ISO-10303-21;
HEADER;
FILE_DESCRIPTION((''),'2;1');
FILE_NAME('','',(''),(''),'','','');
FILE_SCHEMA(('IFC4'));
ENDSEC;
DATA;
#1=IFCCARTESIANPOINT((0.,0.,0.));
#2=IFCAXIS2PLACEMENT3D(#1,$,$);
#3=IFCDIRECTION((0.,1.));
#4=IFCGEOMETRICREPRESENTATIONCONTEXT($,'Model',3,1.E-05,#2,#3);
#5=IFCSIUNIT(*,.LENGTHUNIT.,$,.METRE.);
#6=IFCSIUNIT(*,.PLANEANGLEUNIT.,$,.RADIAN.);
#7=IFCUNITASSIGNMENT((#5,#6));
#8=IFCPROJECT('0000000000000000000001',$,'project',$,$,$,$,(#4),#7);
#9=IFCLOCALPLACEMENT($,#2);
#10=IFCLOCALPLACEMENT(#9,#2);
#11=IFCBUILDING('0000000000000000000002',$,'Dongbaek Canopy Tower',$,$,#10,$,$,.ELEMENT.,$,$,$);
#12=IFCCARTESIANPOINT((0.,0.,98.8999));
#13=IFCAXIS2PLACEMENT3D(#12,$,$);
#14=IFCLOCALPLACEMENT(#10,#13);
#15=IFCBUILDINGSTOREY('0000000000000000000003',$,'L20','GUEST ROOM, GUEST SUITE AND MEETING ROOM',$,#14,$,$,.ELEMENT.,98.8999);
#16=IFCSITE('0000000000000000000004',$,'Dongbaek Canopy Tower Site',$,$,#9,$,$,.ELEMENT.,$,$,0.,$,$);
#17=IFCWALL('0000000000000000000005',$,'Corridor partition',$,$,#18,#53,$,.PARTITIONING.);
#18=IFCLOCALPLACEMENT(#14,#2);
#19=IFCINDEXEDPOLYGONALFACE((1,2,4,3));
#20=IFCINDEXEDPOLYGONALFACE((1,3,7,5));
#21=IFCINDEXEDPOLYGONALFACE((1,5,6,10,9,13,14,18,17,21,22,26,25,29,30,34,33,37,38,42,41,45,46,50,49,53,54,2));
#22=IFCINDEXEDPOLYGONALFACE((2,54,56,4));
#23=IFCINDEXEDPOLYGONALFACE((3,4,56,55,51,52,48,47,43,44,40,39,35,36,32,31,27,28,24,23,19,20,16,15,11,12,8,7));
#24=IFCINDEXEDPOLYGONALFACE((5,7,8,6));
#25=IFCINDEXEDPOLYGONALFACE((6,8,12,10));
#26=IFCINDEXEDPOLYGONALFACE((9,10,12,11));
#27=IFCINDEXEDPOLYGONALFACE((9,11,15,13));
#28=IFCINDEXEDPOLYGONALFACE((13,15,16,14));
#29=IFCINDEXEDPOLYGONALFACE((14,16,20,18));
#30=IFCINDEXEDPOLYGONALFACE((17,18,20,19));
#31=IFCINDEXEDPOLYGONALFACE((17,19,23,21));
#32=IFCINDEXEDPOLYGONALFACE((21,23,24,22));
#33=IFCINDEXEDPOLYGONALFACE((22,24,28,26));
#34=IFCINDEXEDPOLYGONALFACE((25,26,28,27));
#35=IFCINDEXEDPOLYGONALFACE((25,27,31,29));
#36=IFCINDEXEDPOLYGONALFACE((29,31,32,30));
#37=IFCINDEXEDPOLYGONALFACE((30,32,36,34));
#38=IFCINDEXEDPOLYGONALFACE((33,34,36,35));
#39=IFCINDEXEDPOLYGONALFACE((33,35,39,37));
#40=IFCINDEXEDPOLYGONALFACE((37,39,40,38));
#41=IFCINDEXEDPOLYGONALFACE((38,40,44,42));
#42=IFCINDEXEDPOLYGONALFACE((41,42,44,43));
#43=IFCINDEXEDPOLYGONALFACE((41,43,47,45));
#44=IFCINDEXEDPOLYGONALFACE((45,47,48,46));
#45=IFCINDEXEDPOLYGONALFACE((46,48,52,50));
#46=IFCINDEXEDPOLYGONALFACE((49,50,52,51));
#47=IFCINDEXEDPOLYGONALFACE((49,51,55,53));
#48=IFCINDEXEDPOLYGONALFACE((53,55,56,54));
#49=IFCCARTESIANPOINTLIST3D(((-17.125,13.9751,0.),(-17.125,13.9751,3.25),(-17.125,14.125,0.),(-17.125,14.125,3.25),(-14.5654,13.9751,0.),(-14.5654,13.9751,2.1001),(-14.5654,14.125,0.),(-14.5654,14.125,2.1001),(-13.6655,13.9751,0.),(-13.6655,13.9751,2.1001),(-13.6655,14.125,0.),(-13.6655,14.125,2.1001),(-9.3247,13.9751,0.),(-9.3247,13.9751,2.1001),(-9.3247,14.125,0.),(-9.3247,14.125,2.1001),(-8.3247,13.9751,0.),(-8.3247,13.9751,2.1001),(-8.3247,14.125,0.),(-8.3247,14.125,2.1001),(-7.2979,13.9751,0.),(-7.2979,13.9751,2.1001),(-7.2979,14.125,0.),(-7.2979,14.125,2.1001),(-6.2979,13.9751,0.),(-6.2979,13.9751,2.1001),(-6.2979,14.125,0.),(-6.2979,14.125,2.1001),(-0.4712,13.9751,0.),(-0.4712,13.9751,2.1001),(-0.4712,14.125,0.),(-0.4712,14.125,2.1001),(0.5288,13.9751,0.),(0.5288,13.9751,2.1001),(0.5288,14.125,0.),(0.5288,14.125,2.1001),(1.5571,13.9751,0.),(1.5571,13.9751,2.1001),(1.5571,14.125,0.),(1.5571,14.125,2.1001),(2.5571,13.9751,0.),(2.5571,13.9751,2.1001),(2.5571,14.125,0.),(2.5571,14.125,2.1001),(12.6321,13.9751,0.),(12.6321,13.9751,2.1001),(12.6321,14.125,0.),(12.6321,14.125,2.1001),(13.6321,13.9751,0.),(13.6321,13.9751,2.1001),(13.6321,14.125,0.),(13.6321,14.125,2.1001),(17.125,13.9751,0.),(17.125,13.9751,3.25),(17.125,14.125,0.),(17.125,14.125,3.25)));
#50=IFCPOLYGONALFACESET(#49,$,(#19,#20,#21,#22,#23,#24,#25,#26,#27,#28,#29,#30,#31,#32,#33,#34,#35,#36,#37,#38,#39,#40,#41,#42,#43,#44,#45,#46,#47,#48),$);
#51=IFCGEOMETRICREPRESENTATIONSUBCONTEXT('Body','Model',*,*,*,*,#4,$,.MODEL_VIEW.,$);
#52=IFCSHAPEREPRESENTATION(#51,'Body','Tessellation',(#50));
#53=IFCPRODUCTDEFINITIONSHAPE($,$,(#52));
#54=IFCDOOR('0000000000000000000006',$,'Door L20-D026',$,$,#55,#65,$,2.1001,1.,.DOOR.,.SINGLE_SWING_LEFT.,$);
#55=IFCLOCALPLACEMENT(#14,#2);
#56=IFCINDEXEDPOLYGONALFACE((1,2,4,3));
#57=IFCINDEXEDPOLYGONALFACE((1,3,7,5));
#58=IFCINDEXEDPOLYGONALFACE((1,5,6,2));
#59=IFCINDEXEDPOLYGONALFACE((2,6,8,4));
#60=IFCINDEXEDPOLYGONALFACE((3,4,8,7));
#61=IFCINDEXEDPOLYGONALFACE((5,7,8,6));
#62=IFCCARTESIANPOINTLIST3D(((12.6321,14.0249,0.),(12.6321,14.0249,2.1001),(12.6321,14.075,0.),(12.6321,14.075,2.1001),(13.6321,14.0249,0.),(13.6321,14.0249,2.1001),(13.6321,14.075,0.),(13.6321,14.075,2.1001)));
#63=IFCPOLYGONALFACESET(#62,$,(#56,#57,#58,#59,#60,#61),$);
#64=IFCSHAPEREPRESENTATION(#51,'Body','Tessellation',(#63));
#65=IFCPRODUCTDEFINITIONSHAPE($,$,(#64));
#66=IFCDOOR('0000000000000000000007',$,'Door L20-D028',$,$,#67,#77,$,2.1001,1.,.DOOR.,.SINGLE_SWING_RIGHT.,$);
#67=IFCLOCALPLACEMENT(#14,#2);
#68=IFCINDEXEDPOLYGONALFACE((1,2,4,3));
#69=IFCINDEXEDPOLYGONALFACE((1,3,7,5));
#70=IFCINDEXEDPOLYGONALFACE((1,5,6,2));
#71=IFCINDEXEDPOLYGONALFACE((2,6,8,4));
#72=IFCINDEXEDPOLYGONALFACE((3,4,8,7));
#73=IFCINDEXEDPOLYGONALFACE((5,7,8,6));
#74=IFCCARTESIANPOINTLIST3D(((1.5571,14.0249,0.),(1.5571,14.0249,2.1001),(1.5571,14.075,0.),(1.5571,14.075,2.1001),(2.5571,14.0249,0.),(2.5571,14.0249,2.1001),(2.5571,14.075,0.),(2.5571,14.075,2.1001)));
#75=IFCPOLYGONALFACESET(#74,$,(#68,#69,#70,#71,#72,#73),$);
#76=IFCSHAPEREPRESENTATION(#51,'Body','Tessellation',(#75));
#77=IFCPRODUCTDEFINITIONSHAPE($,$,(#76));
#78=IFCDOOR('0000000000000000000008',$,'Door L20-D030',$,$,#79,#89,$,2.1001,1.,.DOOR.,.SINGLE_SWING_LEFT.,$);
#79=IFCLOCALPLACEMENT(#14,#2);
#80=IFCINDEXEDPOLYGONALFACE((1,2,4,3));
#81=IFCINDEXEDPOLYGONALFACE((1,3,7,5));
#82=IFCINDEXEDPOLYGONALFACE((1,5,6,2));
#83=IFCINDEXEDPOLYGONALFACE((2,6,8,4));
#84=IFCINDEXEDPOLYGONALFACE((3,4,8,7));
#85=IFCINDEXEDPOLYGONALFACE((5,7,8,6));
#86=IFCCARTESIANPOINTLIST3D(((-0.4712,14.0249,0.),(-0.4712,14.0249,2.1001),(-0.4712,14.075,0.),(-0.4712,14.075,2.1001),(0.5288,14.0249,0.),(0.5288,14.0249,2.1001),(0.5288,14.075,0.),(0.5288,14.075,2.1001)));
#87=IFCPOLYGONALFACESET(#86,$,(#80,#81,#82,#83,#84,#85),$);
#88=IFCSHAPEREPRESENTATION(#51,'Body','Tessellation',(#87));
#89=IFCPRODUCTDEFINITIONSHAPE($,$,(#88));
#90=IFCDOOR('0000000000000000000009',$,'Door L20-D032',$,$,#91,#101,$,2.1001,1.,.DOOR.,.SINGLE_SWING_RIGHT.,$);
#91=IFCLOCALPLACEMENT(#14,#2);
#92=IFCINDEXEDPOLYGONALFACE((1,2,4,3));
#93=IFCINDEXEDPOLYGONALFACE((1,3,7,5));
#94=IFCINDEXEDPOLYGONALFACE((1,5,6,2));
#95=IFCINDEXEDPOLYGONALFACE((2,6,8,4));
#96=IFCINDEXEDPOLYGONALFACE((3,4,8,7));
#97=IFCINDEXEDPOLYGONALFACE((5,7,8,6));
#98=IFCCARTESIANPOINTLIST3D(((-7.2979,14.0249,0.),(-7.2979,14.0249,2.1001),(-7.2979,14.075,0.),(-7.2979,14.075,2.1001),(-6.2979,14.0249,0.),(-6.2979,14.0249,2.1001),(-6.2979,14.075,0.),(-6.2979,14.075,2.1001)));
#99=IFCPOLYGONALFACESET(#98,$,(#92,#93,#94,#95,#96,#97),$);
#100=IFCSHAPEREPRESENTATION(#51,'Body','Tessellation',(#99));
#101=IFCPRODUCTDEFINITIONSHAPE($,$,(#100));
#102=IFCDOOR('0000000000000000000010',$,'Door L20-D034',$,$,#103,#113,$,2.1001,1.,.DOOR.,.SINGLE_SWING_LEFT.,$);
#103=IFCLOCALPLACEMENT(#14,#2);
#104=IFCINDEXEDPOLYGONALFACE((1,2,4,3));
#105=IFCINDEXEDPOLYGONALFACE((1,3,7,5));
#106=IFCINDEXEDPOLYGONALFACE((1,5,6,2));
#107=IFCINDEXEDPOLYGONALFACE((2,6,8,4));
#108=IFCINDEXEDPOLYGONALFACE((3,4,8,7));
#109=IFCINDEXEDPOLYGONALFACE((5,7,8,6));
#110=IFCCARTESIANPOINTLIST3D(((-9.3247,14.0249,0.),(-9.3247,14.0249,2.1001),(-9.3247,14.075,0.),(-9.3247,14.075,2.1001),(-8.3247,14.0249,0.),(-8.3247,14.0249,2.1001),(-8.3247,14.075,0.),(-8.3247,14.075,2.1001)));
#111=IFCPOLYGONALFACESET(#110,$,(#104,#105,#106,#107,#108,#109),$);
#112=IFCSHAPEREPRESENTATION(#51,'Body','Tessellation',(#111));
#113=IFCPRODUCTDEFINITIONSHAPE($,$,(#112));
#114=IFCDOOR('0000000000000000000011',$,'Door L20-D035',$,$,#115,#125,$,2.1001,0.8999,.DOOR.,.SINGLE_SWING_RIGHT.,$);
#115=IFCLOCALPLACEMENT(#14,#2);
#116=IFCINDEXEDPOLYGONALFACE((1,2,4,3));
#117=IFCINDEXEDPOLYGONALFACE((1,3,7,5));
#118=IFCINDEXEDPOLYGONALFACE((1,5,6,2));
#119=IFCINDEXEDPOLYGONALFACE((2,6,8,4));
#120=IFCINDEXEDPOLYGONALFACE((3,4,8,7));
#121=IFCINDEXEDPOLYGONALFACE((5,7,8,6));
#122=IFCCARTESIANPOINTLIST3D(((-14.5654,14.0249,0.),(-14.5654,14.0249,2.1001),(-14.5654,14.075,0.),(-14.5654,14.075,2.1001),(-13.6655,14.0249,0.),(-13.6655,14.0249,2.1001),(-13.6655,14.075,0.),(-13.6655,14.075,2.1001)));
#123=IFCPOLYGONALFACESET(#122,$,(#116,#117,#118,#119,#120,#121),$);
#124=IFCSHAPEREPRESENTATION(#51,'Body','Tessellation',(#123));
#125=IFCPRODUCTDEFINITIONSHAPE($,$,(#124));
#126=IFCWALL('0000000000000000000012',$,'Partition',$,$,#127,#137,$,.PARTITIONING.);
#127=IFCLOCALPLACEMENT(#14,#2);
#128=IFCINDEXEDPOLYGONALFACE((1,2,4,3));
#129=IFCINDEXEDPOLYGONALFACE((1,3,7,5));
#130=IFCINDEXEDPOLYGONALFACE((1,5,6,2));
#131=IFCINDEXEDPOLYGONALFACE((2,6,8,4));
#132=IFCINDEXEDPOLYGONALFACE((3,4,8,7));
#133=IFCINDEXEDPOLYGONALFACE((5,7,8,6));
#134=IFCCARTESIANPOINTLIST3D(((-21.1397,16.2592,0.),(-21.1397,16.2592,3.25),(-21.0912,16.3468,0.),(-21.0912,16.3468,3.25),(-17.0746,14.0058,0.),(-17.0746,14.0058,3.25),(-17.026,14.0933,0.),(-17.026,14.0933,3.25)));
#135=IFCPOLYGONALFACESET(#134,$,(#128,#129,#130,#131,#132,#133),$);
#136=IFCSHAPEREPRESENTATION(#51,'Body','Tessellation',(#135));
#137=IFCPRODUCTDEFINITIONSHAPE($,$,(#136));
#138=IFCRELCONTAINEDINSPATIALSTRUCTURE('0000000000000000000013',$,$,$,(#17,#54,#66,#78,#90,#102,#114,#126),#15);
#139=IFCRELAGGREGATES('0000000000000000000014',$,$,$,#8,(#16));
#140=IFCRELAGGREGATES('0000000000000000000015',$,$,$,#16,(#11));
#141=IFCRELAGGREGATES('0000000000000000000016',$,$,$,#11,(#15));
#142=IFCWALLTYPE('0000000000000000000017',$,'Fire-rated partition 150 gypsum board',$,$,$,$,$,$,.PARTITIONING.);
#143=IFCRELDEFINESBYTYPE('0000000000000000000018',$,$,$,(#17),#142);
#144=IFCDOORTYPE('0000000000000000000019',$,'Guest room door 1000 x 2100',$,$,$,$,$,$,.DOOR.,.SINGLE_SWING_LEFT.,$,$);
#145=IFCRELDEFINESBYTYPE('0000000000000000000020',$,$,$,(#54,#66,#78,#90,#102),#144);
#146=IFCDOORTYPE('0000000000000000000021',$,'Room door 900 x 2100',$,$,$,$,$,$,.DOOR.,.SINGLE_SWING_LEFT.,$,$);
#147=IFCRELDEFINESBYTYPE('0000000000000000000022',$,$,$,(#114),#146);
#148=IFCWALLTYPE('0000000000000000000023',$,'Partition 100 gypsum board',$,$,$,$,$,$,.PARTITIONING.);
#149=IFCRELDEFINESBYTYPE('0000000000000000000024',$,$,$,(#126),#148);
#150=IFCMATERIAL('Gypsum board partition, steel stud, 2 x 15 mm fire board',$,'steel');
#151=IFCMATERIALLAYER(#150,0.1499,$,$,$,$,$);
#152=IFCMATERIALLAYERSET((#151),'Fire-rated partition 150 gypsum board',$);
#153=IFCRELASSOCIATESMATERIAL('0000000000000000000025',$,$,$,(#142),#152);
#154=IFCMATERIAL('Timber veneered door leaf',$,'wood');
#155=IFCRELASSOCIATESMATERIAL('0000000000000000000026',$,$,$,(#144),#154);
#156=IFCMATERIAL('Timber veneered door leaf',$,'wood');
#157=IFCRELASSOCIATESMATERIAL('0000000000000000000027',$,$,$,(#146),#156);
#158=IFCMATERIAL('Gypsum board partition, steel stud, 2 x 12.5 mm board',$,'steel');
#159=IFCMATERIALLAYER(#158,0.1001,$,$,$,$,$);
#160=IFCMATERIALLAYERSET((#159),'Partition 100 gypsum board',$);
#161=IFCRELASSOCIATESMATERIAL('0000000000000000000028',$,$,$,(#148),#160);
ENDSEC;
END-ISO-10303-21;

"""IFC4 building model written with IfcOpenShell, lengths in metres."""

from ifc_helpers import new_model, si_unit, direction, frame, frame_2d, origin, place, context, subcontext, project, spatial, rectangle, extrude, material, layer, layer_set, type_object, element, fill, save


model = new_model("IFC4")

# Units and contexts
model_context = context("Model", 3, precision=1e-05, world=origin(), true_north=direction((0.0, 1.0)))
body_context = subcontext(model_context, "Body", "Model", "MODEL_VIEW")
ifc_project = project(units=[si_unit("LENGTHUNIT", "METRE"), si_unit("PLANEANGLEUNIT", "RADIAN")], contexts=[model_context])

# Site, building, storey
site_placement = place(None, origin())
site = spatial("IfcSite", under=ifc_project, at=site_placement, Name="Dongbaek Canopy Tower Site", CompositionType="ELEMENT", RefElevation=0.0)
building_placement = place(site_placement, origin())
building = spatial("IfcBuilding", under=site, at=building_placement, Name="Dongbaek Canopy Tower", CompositionType="ELEMENT")
storey_placement = place(building_placement, frame((0.0, 0.0, 98.8999)))
storey = spatial("IfcBuildingStorey", under=building, at=storey_placement, Name="L20", Description="GUEST ROOM, GUEST SUITE AND MEETING ROOM", CompositionType="ELEMENT", Elevation=98.8999)

# Wall, openings, doors
ifc_material_1 = material(Name="Gypsum board partition, steel stud, 2 x 15 mm fire board", Category="steel")
ifc_layer_1 = layer(ifc_material_1, 0.1499)
ifc_layer_set_1 = layer_set([ifc_layer_1], Name="Fire-rated partition 150 gypsum board")
wall_type_1 = type_object("IfcWallType", Name="Fire-rated partition 150 gypsum board", PredefinedType="PARTITIONING", material=ifc_layer_set_1)
wall_1_placement = place(storey_placement, frame((-17.125, 14.05, 0.0), z_axis=(0.0, 0.0, 1.0), x_axis=(1.0, 0.0, 0.0)))
wall_1 = element("IfcWall", 1, at=wall_1_placement, inside=storey, type_object=wall_type_1, Name="Corridor partition", PredefinedType="PARTITIONING", context=body_context, shape_type="SweptSolid", body=[
    extrude(rectangle(XDim=34.25, YDim=0.1499, at=frame_2d((17.125, 0.0))), origin(), (0.0, 0.0, 1.0), 3.25),
])
opening_1_placement = place(wall_1_placement, frame((29.7571, 0.0, 0.0)))
opening_1 = element("IfcOpeningElement", 2, at=opening_1_placement, cuts=wall_1, PredefinedType="OPENING", context=body_context, shape_type="SweptSolid", body=[
    extrude(rectangle(XDim=1.0, YDim=2.1001, at=frame_2d((0.5, 1.05))), frame((0.0, 0.085, 0.0), z_axis=(0.0, -1.0, 0.0), x_axis=(1.0, 0.0, 0.0)), (0.0, 0.0, 1.0), 0.1699),
])
opening_2_placement = place(wall_1_placement, frame((18.6821, 0.0, 0.0)))
opening_2 = element("IfcOpeningElement", 3, at=opening_2_placement, cuts=wall_1, PredefinedType="OPENING", context=body_context, shape_type="SweptSolid", body=[
    extrude(rectangle(XDim=1.0, YDim=2.1001, at=frame_2d((0.5, 1.05))), frame((0.0, 0.085, 0.0), z_axis=(0.0, -1.0, 0.0), x_axis=(1.0, 0.0, 0.0)), (0.0, 0.0, 1.0), 0.1699),
])
opening_3_placement = place(wall_1_placement, frame((16.6538, 0.0, 0.0)))
opening_3 = element("IfcOpeningElement", 4, at=opening_3_placement, cuts=wall_1, PredefinedType="OPENING", context=body_context, shape_type="SweptSolid", body=[
    extrude(rectangle(XDim=1.0, YDim=2.1001, at=frame_2d((0.5, 1.05))), frame((0.0, 0.085, 0.0), z_axis=(0.0, -1.0, 0.0), x_axis=(1.0, 0.0, 0.0)), (0.0, 0.0, 1.0), 0.1699),
])
opening_4_placement = place(wall_1_placement, frame((9.8271, 0.0, 0.0)))
opening_4 = element("IfcOpeningElement", 5, at=opening_4_placement, cuts=wall_1, PredefinedType="OPENING", context=body_context, shape_type="SweptSolid", body=[
    extrude(rectangle(XDim=1.0, YDim=2.1001, at=frame_2d((0.5, 1.05))), frame((0.0, 0.085, 0.0), z_axis=(0.0, -1.0, 0.0), x_axis=(1.0, 0.0, 0.0)), (0.0, 0.0, 1.0), 0.1699),
])
opening_5_placement = place(wall_1_placement, frame((7.8003, 0.0, 0.0)))
opening_5 = element("IfcOpeningElement", 6, at=opening_5_placement, cuts=wall_1, PredefinedType="OPENING", context=body_context, shape_type="SweptSolid", body=[
    extrude(rectangle(XDim=1.0, YDim=2.1001, at=frame_2d((0.5, 1.05))), frame((0.0, 0.085, 0.0), z_axis=(0.0, -1.0, 0.0), x_axis=(1.0, 0.0, 0.0)), (0.0, 0.0, 1.0), 0.1699),
])
opening_6_placement = place(wall_1_placement, frame((2.5596, 0.0, 0.0)))
opening_6 = element("IfcOpeningElement", 7, at=opening_6_placement, cuts=wall_1, PredefinedType="OPENING", context=body_context, shape_type="SweptSolid", body=[
    extrude(rectangle(XDim=0.8999, YDim=2.1001, at=frame_2d((0.45, 1.05))), frame((0.0, 0.085, 0.0), z_axis=(0.0, -1.0, 0.0), x_axis=(1.0, 0.0, 0.0)), (0.0, 0.0, 1.0), 0.1699),
])
ifc_material_2 = material(Name="Timber veneered door leaf", Category="wood")
door_type_1 = type_object("IfcDoorType", Name="Guest room door 1000 x 2100", OperationType="SINGLE_SWING_LEFT", PredefinedType="DOOR", material=ifc_material_2)
door_1_placement = place(opening_1_placement, origin())
door_1 = element("IfcDoor", 8, at=door_1_placement, inside=storey, type_object=door_type_1, Name="Door L20-D026", OperationType="SINGLE_SWING_LEFT", OverallHeight=2.1001, OverallWidth=1.0, PredefinedType="DOOR", context=body_context, shape_type="SweptSolid", body=[
    extrude(rectangle(XDim=1.0, YDim=2.1001, at=frame_2d((0.5, 1.05))), frame((0.0, 0.0249, 0.0), z_axis=(0.0, -1.0, 0.0), x_axis=(1.0, 0.0, 0.0)), (0.0, 0.0, 1.0), 0.05),
])
fill(opening_1, door_1)
door_2_placement = place(opening_2_placement, origin())
door_2 = element("IfcDoor", 9, at=door_2_placement, inside=storey, type_object=door_type_1, Name="Door L20-D028", OperationType="SINGLE_SWING_RIGHT", OverallHeight=2.1001, OverallWidth=1.0, PredefinedType="DOOR", context=body_context, shape_type="SweptSolid", body=[
    extrude(rectangle(XDim=1.0, YDim=2.1001, at=frame_2d((0.5, 1.05))), frame((0.0, 0.0249, 0.0), z_axis=(0.0, -1.0, 0.0), x_axis=(1.0, 0.0, 0.0)), (0.0, 0.0, 1.0), 0.05),
])
fill(opening_2, door_2)
door_3_placement = place(opening_3_placement, origin())
door_3 = element("IfcDoor", 10, at=door_3_placement, inside=storey, type_object=door_type_1, Name="Door L20-D030", OperationType="SINGLE_SWING_LEFT", OverallHeight=2.1001, OverallWidth=1.0, PredefinedType="DOOR", context=body_context, shape_type="SweptSolid", body=[
    extrude(rectangle(XDim=1.0, YDim=2.1001, at=frame_2d((0.5, 1.05))), frame((0.0, 0.0249, 0.0), z_axis=(0.0, -1.0, 0.0), x_axis=(1.0, 0.0, 0.0)), (0.0, 0.0, 1.0), 0.05),
])
fill(opening_3, door_3)
door_4_placement = place(opening_4_placement, origin())
door_4 = element("IfcDoor", 11, at=door_4_placement, inside=storey, type_object=door_type_1, Name="Door L20-D032", OperationType="SINGLE_SWING_RIGHT", OverallHeight=2.1001, OverallWidth=1.0, PredefinedType="DOOR", context=body_context, shape_type="SweptSolid", body=[
    extrude(rectangle(XDim=1.0, YDim=2.1001, at=frame_2d((0.5, 1.05))), frame((0.0, 0.0249, 0.0), z_axis=(0.0, -1.0, 0.0), x_axis=(1.0, 0.0, 0.0)), (0.0, 0.0, 1.0), 0.05),
])
fill(opening_4, door_4)
door_5_placement = place(opening_5_placement, origin())
door_5 = element("IfcDoor", 12, at=door_5_placement, inside=storey, type_object=door_type_1, Name="Door L20-D034", OperationType="SINGLE_SWING_LEFT", OverallHeight=2.1001, OverallWidth=1.0, PredefinedType="DOOR", context=body_context, shape_type="SweptSolid", body=[
    extrude(rectangle(XDim=1.0, YDim=2.1001, at=frame_2d((0.5, 1.05))), frame((0.0, 0.0249, 0.0), z_axis=(0.0, -1.0, 0.0), x_axis=(1.0, 0.0, 0.0)), (0.0, 0.0, 1.0), 0.05),
])
fill(opening_5, door_5)
ifc_material_3 = material(Name="Timber veneered door leaf", Category="wood")
door_type_2 = type_object("IfcDoorType", Name="Room door 900 x 2100", OperationType="SINGLE_SWING_LEFT", PredefinedType="DOOR", material=ifc_material_3)
door_6_placement = place(opening_6_placement, origin())
door_6 = element("IfcDoor", 13, at=door_6_placement, inside=storey, type_object=door_type_2, Name="Door L20-D035", OperationType="SINGLE_SWING_RIGHT", OverallHeight=2.1001, OverallWidth=0.8999, PredefinedType="DOOR", context=body_context, shape_type="SweptSolid", body=[
    extrude(rectangle(XDim=0.8999, YDim=2.1001, at=frame_2d((0.45, 1.05))), frame((0.0, 0.0249, 0.0), z_axis=(0.0, -1.0, 0.0), x_axis=(1.0, 0.0, 0.0)), (0.0, 0.0, 1.0), 0.05),
])
fill(opening_6, door_6)

# Wall
ifc_material_4 = material(Name="Gypsum board partition, steel stud, 2 x 12.5 mm board", Category="steel")
ifc_layer_2 = layer(ifc_material_4, 0.1001)
ifc_layer_set_2 = layer_set([ifc_layer_2], Name="Partition 100 gypsum board")
wall_type_2 = type_object("IfcWallType", Name="Partition 100 gypsum board", PredefinedType="PARTITIONING", material=ifc_layer_set_2)
wall_2_placement = place(storey_placement, frame((-21.1155, 16.303, 0.0), z_axis=(0.0, 0.0, 1.0), x_axis=(0.874615, -0.484818, 0.0)))
element("IfcWall", 14, at=wall_2_placement, inside=storey, type_object=wall_type_2, Name="Partition", PredefinedType="PARTITIONING", context=body_context, shape_type="SweptSolid", body=[
    extrude(rectangle(XDim=4.6479, YDim=0.1001, at=frame_2d((2.324, 0.0))), origin(), (0.0, 0.0, 1.0), 3.25),
])

save(model, "model.ifc")
